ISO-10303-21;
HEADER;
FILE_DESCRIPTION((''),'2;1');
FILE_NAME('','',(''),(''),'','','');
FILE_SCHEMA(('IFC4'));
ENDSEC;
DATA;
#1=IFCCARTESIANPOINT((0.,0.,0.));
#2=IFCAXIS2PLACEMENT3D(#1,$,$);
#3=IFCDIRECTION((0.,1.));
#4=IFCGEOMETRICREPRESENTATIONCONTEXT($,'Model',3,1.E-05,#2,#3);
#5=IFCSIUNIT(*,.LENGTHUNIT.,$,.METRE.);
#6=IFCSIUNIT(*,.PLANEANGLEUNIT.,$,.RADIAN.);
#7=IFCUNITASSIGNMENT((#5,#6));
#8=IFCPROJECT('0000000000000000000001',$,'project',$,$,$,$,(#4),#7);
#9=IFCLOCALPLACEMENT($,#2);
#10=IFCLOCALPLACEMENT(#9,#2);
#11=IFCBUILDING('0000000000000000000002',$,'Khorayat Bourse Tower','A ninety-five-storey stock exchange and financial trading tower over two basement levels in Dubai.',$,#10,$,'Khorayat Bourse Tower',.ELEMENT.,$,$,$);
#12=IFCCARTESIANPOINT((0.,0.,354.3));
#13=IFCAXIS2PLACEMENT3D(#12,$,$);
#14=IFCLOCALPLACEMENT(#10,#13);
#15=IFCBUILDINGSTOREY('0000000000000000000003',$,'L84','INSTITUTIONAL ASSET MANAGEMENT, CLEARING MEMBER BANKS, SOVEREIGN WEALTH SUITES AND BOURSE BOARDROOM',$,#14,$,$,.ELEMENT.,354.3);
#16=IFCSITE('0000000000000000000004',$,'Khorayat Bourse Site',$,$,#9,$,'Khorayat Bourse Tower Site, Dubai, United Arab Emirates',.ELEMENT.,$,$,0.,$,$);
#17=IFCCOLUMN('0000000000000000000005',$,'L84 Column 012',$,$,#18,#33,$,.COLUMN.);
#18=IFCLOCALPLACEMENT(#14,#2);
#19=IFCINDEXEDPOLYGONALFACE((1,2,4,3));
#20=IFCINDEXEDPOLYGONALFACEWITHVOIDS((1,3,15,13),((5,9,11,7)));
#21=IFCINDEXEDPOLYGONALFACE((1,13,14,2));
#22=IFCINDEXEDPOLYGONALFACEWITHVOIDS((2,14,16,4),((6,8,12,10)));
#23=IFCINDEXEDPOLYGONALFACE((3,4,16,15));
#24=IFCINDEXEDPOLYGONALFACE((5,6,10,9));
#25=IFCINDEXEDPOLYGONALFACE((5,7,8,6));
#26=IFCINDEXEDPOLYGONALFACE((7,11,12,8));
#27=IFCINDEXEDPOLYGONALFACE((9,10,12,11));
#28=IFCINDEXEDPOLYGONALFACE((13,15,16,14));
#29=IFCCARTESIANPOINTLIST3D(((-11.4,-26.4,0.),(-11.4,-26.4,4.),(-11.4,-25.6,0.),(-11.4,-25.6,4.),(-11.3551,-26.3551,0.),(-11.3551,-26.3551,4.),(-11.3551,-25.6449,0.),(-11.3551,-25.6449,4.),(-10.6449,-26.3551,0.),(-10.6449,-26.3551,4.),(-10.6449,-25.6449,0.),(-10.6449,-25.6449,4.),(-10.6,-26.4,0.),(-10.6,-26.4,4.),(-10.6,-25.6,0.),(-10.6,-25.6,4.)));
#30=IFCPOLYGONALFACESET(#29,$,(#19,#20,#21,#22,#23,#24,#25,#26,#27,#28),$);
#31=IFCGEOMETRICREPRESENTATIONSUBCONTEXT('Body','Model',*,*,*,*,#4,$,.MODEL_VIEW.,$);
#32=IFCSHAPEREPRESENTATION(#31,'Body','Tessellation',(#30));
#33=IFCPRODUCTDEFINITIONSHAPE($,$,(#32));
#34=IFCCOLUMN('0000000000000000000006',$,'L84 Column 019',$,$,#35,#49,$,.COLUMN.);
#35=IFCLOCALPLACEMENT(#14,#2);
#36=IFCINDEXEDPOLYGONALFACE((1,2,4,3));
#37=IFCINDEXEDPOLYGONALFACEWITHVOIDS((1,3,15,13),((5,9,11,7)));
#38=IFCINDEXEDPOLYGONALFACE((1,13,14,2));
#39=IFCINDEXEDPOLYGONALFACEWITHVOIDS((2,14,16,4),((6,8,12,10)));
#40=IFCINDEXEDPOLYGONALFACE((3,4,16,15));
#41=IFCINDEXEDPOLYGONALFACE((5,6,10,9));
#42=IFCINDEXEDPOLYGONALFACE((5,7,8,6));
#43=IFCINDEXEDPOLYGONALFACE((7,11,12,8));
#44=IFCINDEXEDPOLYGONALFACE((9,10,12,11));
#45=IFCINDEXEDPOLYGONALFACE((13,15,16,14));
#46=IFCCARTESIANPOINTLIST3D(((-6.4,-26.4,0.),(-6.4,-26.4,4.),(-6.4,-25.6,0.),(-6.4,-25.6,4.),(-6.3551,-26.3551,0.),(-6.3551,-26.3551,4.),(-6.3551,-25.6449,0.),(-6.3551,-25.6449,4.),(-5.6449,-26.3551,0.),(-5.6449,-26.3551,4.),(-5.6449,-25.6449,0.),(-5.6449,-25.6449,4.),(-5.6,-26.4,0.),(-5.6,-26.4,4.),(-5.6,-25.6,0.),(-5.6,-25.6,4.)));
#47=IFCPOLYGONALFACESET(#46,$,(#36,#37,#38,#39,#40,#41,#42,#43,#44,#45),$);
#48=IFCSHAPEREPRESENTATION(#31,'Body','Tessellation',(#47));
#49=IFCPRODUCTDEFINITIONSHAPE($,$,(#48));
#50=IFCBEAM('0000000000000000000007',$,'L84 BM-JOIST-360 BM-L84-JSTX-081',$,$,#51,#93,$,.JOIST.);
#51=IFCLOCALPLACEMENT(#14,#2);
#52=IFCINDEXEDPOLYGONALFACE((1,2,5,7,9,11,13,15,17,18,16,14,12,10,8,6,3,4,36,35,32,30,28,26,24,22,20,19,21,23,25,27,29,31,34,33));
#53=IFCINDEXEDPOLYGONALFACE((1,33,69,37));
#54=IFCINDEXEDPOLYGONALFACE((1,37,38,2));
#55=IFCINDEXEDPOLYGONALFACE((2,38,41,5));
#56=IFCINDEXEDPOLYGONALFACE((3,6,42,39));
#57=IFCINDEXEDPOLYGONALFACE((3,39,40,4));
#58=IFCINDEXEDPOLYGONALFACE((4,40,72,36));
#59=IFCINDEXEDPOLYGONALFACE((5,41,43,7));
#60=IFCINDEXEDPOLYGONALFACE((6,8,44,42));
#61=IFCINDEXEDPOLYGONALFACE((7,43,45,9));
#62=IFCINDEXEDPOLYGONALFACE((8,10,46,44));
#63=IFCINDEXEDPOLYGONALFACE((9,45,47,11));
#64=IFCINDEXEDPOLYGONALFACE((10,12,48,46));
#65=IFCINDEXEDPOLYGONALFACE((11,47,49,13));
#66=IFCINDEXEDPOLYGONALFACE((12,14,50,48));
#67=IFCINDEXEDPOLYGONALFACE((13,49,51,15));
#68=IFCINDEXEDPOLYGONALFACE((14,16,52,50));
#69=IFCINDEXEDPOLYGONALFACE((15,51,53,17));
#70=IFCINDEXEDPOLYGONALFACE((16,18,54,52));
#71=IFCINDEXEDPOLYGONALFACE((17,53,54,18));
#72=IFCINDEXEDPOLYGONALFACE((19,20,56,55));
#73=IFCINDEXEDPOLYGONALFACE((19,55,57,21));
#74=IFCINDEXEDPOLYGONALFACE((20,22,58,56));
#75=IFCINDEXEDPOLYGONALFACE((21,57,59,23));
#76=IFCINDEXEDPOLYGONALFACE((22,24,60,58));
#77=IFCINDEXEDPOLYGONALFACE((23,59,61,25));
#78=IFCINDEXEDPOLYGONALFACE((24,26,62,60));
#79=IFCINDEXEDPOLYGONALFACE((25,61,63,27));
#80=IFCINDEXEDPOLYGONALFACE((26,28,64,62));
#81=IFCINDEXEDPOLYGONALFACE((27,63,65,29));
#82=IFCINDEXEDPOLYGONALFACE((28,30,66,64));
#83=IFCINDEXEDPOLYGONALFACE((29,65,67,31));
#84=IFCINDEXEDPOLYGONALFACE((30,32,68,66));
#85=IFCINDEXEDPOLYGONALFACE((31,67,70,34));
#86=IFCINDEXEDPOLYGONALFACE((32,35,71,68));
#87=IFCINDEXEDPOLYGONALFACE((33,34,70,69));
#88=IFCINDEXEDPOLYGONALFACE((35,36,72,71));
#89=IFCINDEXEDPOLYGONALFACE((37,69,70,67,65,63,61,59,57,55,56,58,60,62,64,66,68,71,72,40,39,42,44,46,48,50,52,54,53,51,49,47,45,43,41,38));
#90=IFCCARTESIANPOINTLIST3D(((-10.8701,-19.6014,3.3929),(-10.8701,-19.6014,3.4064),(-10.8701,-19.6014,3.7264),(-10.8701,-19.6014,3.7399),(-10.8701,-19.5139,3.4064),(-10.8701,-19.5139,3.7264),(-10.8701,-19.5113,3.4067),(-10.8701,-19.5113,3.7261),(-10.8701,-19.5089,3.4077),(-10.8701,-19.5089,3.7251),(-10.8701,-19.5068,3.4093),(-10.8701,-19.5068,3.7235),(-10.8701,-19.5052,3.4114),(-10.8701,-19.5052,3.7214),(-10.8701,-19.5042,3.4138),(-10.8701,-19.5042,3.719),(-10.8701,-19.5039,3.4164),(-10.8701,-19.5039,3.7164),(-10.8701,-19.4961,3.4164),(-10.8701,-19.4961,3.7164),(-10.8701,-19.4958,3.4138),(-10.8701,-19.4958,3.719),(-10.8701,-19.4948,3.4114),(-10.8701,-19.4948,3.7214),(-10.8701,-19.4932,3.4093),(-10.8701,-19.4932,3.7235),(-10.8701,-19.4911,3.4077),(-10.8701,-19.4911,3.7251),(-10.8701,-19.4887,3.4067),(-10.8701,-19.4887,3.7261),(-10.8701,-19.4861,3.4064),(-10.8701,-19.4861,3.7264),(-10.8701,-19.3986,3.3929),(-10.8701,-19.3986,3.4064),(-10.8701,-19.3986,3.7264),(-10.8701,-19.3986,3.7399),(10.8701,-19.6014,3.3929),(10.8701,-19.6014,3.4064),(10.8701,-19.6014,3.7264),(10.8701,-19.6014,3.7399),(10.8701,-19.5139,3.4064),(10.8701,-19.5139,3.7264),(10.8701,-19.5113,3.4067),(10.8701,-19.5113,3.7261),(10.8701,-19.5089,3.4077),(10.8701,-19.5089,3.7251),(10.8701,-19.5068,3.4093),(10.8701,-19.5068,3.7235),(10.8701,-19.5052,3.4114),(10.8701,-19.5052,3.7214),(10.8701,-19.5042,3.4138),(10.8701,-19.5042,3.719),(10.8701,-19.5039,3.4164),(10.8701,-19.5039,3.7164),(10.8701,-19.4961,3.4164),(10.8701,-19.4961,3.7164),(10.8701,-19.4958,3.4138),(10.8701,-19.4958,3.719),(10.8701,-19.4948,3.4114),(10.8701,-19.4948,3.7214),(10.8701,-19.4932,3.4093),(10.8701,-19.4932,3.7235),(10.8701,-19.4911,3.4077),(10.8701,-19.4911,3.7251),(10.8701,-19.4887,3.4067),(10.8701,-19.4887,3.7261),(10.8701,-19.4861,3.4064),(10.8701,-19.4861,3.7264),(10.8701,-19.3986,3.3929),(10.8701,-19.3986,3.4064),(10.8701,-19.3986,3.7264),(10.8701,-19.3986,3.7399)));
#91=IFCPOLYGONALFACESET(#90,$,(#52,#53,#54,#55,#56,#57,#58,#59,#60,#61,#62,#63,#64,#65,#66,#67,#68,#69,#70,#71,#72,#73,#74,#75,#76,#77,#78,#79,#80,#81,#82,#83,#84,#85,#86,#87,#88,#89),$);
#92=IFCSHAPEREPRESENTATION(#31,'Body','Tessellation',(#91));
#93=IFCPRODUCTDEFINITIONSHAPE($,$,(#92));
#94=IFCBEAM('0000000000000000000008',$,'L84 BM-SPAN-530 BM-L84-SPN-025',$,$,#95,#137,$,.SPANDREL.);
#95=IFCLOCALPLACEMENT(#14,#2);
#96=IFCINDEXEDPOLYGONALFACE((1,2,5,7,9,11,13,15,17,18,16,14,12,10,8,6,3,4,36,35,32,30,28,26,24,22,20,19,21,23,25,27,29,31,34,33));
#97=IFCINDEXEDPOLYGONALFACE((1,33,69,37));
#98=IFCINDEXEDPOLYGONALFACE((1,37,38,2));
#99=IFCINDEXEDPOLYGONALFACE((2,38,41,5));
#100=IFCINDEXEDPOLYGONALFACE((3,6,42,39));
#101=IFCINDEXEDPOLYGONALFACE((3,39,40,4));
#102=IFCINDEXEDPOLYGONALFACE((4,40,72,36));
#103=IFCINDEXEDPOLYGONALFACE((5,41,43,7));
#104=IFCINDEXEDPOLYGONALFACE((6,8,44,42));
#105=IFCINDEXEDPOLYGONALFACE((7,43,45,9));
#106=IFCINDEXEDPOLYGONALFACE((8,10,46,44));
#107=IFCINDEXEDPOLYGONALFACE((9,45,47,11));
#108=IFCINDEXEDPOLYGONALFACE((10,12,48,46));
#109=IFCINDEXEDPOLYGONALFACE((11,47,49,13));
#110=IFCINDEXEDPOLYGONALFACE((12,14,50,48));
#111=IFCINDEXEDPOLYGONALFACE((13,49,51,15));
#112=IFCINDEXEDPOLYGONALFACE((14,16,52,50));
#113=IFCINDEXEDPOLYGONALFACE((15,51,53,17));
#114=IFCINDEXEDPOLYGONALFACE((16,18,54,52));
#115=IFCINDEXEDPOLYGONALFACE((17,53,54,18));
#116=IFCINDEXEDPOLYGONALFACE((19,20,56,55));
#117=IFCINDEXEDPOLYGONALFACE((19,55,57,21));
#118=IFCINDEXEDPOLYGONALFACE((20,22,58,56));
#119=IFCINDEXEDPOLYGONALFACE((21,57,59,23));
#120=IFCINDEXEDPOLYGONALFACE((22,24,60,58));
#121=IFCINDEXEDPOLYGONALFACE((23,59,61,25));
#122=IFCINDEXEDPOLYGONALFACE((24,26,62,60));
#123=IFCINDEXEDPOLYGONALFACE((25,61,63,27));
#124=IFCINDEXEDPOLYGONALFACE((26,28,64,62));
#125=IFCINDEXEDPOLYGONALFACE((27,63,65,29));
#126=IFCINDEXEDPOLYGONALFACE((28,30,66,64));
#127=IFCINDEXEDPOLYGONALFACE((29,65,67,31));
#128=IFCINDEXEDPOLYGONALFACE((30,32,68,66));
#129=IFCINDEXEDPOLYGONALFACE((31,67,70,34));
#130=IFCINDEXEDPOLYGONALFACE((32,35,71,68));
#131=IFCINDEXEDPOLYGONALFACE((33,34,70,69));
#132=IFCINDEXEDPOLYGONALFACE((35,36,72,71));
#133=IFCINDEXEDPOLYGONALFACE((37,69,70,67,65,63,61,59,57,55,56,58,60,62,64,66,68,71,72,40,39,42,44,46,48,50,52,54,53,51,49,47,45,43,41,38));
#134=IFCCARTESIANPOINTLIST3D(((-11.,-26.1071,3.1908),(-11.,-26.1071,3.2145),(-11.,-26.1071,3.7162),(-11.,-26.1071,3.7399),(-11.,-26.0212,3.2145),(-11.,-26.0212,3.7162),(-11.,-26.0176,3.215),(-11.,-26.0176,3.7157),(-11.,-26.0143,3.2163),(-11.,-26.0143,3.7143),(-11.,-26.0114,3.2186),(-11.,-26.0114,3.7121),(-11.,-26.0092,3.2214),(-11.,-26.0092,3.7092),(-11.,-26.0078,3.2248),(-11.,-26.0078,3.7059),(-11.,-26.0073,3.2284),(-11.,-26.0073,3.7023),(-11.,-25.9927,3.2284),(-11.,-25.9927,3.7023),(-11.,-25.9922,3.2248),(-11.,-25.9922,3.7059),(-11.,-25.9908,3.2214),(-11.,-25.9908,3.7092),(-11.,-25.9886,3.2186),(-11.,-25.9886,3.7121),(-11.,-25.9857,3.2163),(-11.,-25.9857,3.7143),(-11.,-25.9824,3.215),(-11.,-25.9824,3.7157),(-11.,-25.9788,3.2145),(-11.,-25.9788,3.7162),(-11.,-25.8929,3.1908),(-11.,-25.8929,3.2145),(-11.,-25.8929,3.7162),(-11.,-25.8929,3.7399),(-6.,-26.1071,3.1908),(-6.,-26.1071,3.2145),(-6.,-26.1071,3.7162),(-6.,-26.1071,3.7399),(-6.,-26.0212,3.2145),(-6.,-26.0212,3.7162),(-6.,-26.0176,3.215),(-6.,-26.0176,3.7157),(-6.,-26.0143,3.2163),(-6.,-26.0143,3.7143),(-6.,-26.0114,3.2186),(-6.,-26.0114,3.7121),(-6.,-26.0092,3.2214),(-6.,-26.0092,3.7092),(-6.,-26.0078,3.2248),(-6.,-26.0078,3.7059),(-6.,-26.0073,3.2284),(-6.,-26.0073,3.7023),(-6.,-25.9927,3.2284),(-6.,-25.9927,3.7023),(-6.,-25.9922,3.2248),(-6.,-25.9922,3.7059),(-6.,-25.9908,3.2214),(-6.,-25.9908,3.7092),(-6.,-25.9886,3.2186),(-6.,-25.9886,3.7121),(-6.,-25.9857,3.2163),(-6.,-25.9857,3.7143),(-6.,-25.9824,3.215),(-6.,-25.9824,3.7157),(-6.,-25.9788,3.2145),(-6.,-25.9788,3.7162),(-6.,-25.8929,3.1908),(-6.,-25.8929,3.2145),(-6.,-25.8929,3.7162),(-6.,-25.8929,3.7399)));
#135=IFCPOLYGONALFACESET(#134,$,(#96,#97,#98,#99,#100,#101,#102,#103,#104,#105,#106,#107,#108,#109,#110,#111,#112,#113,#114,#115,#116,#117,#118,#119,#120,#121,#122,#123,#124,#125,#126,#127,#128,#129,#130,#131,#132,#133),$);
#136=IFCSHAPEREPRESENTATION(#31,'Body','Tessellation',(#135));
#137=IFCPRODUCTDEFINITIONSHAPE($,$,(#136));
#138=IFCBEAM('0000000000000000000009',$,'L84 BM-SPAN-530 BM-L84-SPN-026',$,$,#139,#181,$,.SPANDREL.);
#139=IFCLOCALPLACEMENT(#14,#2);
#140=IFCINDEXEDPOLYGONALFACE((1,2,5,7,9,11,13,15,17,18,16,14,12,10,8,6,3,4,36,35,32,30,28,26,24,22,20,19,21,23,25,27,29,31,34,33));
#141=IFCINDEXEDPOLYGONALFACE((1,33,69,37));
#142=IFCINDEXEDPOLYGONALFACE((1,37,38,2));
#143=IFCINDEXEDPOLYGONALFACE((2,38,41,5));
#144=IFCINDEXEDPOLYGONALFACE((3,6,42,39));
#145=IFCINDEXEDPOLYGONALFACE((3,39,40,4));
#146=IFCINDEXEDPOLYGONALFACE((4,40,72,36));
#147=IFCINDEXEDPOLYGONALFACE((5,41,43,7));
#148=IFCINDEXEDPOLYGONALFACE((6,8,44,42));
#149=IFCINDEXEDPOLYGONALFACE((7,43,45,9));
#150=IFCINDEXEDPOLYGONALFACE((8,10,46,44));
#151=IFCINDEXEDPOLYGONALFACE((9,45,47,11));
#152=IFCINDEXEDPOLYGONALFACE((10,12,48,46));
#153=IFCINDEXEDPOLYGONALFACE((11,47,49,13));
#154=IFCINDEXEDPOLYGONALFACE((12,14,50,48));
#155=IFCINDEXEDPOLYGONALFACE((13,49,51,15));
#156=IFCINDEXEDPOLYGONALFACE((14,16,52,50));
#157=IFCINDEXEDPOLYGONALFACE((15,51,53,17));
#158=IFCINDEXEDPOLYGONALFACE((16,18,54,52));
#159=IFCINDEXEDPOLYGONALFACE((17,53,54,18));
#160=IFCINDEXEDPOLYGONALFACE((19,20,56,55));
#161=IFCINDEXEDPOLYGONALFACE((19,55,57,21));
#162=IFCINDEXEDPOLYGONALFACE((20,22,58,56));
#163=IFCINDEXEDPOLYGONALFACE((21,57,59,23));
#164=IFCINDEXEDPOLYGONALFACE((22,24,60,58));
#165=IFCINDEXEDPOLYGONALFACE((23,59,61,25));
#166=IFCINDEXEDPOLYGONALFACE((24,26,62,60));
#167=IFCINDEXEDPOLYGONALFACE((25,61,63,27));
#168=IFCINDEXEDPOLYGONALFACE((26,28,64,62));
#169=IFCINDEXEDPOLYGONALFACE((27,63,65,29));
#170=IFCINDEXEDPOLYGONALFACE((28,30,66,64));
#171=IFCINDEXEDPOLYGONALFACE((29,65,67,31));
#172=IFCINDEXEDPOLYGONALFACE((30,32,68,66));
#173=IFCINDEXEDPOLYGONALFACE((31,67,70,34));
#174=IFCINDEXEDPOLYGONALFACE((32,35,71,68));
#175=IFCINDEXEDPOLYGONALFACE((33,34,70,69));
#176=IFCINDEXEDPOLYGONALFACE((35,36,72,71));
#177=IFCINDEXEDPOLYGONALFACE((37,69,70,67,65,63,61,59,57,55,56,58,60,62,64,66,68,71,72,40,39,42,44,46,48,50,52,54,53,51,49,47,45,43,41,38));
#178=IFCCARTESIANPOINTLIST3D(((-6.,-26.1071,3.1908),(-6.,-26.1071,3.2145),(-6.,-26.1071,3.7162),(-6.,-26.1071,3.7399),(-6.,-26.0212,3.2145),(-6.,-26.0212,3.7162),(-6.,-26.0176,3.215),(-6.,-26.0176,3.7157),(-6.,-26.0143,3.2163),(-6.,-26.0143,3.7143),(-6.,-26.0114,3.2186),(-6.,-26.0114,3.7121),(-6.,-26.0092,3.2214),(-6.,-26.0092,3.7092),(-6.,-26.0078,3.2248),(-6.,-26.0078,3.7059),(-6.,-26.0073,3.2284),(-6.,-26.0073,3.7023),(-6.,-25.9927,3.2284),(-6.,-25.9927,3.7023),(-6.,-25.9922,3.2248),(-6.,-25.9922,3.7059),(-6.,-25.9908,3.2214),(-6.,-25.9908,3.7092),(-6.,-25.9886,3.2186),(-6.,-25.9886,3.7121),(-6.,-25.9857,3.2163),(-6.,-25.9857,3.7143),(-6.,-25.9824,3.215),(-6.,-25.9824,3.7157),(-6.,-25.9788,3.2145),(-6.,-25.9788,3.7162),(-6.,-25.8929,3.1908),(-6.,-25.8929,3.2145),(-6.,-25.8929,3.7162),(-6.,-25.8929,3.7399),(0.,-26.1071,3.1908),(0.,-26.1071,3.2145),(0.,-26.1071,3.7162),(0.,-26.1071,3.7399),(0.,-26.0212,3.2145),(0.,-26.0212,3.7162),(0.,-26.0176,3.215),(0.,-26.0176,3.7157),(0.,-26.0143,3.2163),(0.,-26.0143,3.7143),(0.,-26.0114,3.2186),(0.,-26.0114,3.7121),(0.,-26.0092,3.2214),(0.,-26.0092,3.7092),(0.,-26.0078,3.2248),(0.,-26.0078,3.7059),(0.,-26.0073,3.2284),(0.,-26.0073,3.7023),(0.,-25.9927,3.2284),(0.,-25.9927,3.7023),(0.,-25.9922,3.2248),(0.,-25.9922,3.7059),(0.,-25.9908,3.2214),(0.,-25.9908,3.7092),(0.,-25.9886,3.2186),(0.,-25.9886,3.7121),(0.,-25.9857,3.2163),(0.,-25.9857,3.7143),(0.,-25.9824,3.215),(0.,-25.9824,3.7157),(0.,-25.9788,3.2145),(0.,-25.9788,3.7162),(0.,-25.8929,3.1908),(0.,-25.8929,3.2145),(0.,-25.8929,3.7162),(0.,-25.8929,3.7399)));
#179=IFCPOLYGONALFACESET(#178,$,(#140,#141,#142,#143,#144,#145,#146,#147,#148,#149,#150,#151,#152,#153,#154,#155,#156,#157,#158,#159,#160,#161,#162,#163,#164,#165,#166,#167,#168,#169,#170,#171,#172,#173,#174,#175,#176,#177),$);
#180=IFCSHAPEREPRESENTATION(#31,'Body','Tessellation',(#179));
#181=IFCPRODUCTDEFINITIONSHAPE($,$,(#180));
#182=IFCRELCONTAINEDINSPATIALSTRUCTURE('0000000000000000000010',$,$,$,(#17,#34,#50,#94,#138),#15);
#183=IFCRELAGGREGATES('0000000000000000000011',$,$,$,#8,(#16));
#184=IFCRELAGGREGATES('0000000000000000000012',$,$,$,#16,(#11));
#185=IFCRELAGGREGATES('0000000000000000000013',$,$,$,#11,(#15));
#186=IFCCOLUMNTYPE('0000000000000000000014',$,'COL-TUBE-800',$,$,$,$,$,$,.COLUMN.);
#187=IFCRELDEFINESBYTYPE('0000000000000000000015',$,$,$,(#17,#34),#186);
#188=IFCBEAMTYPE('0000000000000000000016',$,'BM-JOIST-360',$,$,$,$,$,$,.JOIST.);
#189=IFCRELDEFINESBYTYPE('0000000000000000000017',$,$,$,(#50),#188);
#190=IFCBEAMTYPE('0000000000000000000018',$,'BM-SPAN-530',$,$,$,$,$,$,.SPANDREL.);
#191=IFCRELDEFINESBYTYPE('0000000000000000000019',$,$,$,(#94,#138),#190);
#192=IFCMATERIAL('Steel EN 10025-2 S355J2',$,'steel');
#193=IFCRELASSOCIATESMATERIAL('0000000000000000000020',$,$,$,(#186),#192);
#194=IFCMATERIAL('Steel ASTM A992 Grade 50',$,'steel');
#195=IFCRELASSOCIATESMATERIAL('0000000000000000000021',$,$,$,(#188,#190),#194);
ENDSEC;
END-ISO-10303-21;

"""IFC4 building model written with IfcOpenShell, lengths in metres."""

from ifc_helpers import new_model, si_unit, direction, frame, origin, origin_2d, place, context, subcontext, project, spatial, hollow_rectangle, i_section, extrude, source, transform, mapped, material, material_profile, profile_set, type_object, element, save


model = new_model("IFC4")

# Units and contexts
model_context = context("Model", 3, precision=1e-05, world=origin(), true_north=direction((0.0, 1.0)))
body_context = subcontext(model_context, "Body", "Model", "MODEL_VIEW")
ifc_project = project(units=[si_unit("LENGTHUNIT", "METRE"), si_unit("PLANEANGLEUNIT", "RADIAN")], contexts=[model_context])

# Site, building, storey
site_placement = place(None, origin())
site = spatial("IfcSite", under=ifc_project, at=site_placement, Name="Khorayat Bourse Site", LongName="Khorayat Bourse Tower Site, Dubai, United Arab Emirates", CompositionType="ELEMENT", RefElevation=0.0)
building_placement = place(site_placement, origin())
building = spatial("IfcBuilding", under=site, at=building_placement, Name="Khorayat Bourse Tower", Description="A ninety-five-storey stock exchange and financial trading tower over two basement levels in Dubai.", LongName="Khorayat Bourse Tower", CompositionType="ELEMENT")
storey_placement = place(building_placement, frame((0.0, 0.0, 354.3)))
storey = spatial("IfcBuildingStorey", under=building, at=storey_placement, Name="L84", Description="INSTITUTIONAL ASSET MANAGEMENT, CLEARING MEMBER BANKS, SOVEREIGN WEALTH SUITES AND BOURSE BOARDROOM", CompositionType="ELEMENT", Elevation=354.3)

# Columns
ifc_material_1 = material(Name="Steel EN 10025-2 S355J2", Category="steel")
ifc_material_profile_1 = material_profile(ifc_material_1, hollow_rectangle(XDim=0.8, YDim=0.8, WallThickness=0.0449, at=origin_2d()), Name="BOX 800x800x45")
ifc_profile_set_1 = profile_set([ifc_material_profile_1], Name="Steel EN 10025-2 S355J2")
column_type = type_object("IfcColumnType", Name="COL-TUBE-800", PredefinedType="COLUMN", material=ifc_profile_set_1)
shared_shape_1 = source(origin(), body_context, "Body", "SweptSolid", [
    extrude(hollow_rectangle(XDim=0.8, YDim=0.8, WallThickness=0.0449, at=origin_2d()), origin(), (0.0, 0.0, 1.0), 4.0),
])
for number, where, z_axis, x_axis, name in (
    (1, (-11.0, -26.0, 0.0), (0.0, 0.0, 1.0), (1.0, 0.0, 0.0), "L84 Column 012"),
    (2, (-6.0, -26.0, 0.0), (0.0, 0.0, 1.0), (1.0, 0.0, 0.0), "L84 Column 019"),
):
    element("IfcColumn", number, at=place(storey_placement, frame(where, z_axis=z_axis, x_axis=x_axis)), inside=storey, type_object=column_type, Name=name, PredefinedType="COLUMN", context=body_context, shape_type="MappedRepresentation", body=[
        mapped(shared_shape_1, transform((0.0, 0.0, 0.0), scale=1.0)),
    ])

# Beams
ifc_material_2 = material(Name="Steel ASTM A992 Grade 50", Category="steel")
ifc_material_profile_2 = material_profile(ifc_material_2, i_section(OverallWidth=0.2029, OverallDepth=0.3469, WebThickness=0.0078, FlangeThickness=0.0134, FilletRadius=0.01, at=origin_2d()), Name="W360X64")
ifc_profile_set_2 = profile_set([ifc_material_profile_2], Name="Steel ASTM A992 Grade 50")
beam_type_1 = type_object("IfcBeamType", Name="BM-JOIST-360", PredefinedType="JOIST", material=ifc_profile_set_2)
shared_shape_2 = source(origin(), body_context, "Body", "SweptSolid", [
    extrude(i_section(OverallWidth=0.2029, OverallDepth=0.3469, WebThickness=0.0078, FlangeThickness=0.0134, FilletRadius=0.01, at=origin_2d()), origin(), (0.0, 0.0, 1.0), 21.7402),
])
beam_1_placement = place(storey_placement, frame((-10.8701, -19.5, 3.5664), z_axis=(1.0, 0.0, 0.0), x_axis=(0.0, 1.0, 0.0)))
element("IfcBeam", 3, at=beam_1_placement, inside=storey, type_object=beam_type_1, Name="L84 BM-JOIST-360 BM-L84-JSTX-081", PredefinedType="JOIST", context=body_context, shape_type="MappedRepresentation", body=[
    mapped(shared_shape_2, transform((0.0, 0.0, 0.0), scale=1.0)),
])
ifc_material_profile_3 = material_profile(ifc_material_2, i_section(OverallWidth=0.2141, OverallDepth=0.5491, WebThickness=0.0146, FlangeThickness=0.0237, FilletRadius=0.0139, at=origin_2d()), Name="W530X138")
ifc_profile_set_3 = profile_set([ifc_material_profile_3], Name="Steel ASTM A992 Grade 50")
beam_type_2 = type_object("IfcBeamType", Name="BM-SPAN-530", PredefinedType="SPANDREL", material=ifc_profile_set_3)
shared_shape_3 = source(origin(), body_context, "Body", "SweptSolid", [
    extrude(i_section(OverallWidth=0.2141, OverallDepth=0.5491, WebThickness=0.0146, FlangeThickness=0.0237, FilletRadius=0.0139, at=origin_2d()), origin(), (0.0, 0.0, 1.0), 5.0),
])
beam_2_placement = place(storey_placement, frame((-11.0, -26.0, 3.4653), z_axis=(1.0, 0.0, 0.0), x_axis=(0.0, 1.0, 0.0)))
element("IfcBeam", 4, at=beam_2_placement, inside=storey, type_object=beam_type_2, Name="L84 BM-SPAN-530 BM-L84-SPN-025", PredefinedType="SPANDREL", context=body_context, shape_type="MappedRepresentation", body=[
    mapped(shared_shape_3, transform((0.0, 0.0, 0.0), scale=1.0)),
])
shared_shape_4 = source(origin(), body_context, "Body", "SweptSolid", [
    extrude(i_section(OverallWidth=0.2141, OverallDepth=0.5491, WebThickness=0.0146, FlangeThickness=0.0237, FilletRadius=0.0139, at=origin_2d()), origin(), (0.0, 0.0, 1.0), 6.0),
])
beam_3_placement = place(storey_placement, frame((-6.0, -26.0, 3.4653), z_axis=(1.0, 0.0, 0.0), x_axis=(0.0, 1.0, 0.0)))
element("IfcBeam", 5, at=beam_3_placement, inside=storey, type_object=beam_type_2, Name="L84 BM-SPAN-530 BM-L84-SPN-026", PredefinedType="SPANDREL", context=body_context, shape_type="MappedRepresentation", body=[
    mapped(shared_shape_4, transform((0.0, 0.0, 0.0), scale=1.0)),
])

save(model, "model.ifc")
